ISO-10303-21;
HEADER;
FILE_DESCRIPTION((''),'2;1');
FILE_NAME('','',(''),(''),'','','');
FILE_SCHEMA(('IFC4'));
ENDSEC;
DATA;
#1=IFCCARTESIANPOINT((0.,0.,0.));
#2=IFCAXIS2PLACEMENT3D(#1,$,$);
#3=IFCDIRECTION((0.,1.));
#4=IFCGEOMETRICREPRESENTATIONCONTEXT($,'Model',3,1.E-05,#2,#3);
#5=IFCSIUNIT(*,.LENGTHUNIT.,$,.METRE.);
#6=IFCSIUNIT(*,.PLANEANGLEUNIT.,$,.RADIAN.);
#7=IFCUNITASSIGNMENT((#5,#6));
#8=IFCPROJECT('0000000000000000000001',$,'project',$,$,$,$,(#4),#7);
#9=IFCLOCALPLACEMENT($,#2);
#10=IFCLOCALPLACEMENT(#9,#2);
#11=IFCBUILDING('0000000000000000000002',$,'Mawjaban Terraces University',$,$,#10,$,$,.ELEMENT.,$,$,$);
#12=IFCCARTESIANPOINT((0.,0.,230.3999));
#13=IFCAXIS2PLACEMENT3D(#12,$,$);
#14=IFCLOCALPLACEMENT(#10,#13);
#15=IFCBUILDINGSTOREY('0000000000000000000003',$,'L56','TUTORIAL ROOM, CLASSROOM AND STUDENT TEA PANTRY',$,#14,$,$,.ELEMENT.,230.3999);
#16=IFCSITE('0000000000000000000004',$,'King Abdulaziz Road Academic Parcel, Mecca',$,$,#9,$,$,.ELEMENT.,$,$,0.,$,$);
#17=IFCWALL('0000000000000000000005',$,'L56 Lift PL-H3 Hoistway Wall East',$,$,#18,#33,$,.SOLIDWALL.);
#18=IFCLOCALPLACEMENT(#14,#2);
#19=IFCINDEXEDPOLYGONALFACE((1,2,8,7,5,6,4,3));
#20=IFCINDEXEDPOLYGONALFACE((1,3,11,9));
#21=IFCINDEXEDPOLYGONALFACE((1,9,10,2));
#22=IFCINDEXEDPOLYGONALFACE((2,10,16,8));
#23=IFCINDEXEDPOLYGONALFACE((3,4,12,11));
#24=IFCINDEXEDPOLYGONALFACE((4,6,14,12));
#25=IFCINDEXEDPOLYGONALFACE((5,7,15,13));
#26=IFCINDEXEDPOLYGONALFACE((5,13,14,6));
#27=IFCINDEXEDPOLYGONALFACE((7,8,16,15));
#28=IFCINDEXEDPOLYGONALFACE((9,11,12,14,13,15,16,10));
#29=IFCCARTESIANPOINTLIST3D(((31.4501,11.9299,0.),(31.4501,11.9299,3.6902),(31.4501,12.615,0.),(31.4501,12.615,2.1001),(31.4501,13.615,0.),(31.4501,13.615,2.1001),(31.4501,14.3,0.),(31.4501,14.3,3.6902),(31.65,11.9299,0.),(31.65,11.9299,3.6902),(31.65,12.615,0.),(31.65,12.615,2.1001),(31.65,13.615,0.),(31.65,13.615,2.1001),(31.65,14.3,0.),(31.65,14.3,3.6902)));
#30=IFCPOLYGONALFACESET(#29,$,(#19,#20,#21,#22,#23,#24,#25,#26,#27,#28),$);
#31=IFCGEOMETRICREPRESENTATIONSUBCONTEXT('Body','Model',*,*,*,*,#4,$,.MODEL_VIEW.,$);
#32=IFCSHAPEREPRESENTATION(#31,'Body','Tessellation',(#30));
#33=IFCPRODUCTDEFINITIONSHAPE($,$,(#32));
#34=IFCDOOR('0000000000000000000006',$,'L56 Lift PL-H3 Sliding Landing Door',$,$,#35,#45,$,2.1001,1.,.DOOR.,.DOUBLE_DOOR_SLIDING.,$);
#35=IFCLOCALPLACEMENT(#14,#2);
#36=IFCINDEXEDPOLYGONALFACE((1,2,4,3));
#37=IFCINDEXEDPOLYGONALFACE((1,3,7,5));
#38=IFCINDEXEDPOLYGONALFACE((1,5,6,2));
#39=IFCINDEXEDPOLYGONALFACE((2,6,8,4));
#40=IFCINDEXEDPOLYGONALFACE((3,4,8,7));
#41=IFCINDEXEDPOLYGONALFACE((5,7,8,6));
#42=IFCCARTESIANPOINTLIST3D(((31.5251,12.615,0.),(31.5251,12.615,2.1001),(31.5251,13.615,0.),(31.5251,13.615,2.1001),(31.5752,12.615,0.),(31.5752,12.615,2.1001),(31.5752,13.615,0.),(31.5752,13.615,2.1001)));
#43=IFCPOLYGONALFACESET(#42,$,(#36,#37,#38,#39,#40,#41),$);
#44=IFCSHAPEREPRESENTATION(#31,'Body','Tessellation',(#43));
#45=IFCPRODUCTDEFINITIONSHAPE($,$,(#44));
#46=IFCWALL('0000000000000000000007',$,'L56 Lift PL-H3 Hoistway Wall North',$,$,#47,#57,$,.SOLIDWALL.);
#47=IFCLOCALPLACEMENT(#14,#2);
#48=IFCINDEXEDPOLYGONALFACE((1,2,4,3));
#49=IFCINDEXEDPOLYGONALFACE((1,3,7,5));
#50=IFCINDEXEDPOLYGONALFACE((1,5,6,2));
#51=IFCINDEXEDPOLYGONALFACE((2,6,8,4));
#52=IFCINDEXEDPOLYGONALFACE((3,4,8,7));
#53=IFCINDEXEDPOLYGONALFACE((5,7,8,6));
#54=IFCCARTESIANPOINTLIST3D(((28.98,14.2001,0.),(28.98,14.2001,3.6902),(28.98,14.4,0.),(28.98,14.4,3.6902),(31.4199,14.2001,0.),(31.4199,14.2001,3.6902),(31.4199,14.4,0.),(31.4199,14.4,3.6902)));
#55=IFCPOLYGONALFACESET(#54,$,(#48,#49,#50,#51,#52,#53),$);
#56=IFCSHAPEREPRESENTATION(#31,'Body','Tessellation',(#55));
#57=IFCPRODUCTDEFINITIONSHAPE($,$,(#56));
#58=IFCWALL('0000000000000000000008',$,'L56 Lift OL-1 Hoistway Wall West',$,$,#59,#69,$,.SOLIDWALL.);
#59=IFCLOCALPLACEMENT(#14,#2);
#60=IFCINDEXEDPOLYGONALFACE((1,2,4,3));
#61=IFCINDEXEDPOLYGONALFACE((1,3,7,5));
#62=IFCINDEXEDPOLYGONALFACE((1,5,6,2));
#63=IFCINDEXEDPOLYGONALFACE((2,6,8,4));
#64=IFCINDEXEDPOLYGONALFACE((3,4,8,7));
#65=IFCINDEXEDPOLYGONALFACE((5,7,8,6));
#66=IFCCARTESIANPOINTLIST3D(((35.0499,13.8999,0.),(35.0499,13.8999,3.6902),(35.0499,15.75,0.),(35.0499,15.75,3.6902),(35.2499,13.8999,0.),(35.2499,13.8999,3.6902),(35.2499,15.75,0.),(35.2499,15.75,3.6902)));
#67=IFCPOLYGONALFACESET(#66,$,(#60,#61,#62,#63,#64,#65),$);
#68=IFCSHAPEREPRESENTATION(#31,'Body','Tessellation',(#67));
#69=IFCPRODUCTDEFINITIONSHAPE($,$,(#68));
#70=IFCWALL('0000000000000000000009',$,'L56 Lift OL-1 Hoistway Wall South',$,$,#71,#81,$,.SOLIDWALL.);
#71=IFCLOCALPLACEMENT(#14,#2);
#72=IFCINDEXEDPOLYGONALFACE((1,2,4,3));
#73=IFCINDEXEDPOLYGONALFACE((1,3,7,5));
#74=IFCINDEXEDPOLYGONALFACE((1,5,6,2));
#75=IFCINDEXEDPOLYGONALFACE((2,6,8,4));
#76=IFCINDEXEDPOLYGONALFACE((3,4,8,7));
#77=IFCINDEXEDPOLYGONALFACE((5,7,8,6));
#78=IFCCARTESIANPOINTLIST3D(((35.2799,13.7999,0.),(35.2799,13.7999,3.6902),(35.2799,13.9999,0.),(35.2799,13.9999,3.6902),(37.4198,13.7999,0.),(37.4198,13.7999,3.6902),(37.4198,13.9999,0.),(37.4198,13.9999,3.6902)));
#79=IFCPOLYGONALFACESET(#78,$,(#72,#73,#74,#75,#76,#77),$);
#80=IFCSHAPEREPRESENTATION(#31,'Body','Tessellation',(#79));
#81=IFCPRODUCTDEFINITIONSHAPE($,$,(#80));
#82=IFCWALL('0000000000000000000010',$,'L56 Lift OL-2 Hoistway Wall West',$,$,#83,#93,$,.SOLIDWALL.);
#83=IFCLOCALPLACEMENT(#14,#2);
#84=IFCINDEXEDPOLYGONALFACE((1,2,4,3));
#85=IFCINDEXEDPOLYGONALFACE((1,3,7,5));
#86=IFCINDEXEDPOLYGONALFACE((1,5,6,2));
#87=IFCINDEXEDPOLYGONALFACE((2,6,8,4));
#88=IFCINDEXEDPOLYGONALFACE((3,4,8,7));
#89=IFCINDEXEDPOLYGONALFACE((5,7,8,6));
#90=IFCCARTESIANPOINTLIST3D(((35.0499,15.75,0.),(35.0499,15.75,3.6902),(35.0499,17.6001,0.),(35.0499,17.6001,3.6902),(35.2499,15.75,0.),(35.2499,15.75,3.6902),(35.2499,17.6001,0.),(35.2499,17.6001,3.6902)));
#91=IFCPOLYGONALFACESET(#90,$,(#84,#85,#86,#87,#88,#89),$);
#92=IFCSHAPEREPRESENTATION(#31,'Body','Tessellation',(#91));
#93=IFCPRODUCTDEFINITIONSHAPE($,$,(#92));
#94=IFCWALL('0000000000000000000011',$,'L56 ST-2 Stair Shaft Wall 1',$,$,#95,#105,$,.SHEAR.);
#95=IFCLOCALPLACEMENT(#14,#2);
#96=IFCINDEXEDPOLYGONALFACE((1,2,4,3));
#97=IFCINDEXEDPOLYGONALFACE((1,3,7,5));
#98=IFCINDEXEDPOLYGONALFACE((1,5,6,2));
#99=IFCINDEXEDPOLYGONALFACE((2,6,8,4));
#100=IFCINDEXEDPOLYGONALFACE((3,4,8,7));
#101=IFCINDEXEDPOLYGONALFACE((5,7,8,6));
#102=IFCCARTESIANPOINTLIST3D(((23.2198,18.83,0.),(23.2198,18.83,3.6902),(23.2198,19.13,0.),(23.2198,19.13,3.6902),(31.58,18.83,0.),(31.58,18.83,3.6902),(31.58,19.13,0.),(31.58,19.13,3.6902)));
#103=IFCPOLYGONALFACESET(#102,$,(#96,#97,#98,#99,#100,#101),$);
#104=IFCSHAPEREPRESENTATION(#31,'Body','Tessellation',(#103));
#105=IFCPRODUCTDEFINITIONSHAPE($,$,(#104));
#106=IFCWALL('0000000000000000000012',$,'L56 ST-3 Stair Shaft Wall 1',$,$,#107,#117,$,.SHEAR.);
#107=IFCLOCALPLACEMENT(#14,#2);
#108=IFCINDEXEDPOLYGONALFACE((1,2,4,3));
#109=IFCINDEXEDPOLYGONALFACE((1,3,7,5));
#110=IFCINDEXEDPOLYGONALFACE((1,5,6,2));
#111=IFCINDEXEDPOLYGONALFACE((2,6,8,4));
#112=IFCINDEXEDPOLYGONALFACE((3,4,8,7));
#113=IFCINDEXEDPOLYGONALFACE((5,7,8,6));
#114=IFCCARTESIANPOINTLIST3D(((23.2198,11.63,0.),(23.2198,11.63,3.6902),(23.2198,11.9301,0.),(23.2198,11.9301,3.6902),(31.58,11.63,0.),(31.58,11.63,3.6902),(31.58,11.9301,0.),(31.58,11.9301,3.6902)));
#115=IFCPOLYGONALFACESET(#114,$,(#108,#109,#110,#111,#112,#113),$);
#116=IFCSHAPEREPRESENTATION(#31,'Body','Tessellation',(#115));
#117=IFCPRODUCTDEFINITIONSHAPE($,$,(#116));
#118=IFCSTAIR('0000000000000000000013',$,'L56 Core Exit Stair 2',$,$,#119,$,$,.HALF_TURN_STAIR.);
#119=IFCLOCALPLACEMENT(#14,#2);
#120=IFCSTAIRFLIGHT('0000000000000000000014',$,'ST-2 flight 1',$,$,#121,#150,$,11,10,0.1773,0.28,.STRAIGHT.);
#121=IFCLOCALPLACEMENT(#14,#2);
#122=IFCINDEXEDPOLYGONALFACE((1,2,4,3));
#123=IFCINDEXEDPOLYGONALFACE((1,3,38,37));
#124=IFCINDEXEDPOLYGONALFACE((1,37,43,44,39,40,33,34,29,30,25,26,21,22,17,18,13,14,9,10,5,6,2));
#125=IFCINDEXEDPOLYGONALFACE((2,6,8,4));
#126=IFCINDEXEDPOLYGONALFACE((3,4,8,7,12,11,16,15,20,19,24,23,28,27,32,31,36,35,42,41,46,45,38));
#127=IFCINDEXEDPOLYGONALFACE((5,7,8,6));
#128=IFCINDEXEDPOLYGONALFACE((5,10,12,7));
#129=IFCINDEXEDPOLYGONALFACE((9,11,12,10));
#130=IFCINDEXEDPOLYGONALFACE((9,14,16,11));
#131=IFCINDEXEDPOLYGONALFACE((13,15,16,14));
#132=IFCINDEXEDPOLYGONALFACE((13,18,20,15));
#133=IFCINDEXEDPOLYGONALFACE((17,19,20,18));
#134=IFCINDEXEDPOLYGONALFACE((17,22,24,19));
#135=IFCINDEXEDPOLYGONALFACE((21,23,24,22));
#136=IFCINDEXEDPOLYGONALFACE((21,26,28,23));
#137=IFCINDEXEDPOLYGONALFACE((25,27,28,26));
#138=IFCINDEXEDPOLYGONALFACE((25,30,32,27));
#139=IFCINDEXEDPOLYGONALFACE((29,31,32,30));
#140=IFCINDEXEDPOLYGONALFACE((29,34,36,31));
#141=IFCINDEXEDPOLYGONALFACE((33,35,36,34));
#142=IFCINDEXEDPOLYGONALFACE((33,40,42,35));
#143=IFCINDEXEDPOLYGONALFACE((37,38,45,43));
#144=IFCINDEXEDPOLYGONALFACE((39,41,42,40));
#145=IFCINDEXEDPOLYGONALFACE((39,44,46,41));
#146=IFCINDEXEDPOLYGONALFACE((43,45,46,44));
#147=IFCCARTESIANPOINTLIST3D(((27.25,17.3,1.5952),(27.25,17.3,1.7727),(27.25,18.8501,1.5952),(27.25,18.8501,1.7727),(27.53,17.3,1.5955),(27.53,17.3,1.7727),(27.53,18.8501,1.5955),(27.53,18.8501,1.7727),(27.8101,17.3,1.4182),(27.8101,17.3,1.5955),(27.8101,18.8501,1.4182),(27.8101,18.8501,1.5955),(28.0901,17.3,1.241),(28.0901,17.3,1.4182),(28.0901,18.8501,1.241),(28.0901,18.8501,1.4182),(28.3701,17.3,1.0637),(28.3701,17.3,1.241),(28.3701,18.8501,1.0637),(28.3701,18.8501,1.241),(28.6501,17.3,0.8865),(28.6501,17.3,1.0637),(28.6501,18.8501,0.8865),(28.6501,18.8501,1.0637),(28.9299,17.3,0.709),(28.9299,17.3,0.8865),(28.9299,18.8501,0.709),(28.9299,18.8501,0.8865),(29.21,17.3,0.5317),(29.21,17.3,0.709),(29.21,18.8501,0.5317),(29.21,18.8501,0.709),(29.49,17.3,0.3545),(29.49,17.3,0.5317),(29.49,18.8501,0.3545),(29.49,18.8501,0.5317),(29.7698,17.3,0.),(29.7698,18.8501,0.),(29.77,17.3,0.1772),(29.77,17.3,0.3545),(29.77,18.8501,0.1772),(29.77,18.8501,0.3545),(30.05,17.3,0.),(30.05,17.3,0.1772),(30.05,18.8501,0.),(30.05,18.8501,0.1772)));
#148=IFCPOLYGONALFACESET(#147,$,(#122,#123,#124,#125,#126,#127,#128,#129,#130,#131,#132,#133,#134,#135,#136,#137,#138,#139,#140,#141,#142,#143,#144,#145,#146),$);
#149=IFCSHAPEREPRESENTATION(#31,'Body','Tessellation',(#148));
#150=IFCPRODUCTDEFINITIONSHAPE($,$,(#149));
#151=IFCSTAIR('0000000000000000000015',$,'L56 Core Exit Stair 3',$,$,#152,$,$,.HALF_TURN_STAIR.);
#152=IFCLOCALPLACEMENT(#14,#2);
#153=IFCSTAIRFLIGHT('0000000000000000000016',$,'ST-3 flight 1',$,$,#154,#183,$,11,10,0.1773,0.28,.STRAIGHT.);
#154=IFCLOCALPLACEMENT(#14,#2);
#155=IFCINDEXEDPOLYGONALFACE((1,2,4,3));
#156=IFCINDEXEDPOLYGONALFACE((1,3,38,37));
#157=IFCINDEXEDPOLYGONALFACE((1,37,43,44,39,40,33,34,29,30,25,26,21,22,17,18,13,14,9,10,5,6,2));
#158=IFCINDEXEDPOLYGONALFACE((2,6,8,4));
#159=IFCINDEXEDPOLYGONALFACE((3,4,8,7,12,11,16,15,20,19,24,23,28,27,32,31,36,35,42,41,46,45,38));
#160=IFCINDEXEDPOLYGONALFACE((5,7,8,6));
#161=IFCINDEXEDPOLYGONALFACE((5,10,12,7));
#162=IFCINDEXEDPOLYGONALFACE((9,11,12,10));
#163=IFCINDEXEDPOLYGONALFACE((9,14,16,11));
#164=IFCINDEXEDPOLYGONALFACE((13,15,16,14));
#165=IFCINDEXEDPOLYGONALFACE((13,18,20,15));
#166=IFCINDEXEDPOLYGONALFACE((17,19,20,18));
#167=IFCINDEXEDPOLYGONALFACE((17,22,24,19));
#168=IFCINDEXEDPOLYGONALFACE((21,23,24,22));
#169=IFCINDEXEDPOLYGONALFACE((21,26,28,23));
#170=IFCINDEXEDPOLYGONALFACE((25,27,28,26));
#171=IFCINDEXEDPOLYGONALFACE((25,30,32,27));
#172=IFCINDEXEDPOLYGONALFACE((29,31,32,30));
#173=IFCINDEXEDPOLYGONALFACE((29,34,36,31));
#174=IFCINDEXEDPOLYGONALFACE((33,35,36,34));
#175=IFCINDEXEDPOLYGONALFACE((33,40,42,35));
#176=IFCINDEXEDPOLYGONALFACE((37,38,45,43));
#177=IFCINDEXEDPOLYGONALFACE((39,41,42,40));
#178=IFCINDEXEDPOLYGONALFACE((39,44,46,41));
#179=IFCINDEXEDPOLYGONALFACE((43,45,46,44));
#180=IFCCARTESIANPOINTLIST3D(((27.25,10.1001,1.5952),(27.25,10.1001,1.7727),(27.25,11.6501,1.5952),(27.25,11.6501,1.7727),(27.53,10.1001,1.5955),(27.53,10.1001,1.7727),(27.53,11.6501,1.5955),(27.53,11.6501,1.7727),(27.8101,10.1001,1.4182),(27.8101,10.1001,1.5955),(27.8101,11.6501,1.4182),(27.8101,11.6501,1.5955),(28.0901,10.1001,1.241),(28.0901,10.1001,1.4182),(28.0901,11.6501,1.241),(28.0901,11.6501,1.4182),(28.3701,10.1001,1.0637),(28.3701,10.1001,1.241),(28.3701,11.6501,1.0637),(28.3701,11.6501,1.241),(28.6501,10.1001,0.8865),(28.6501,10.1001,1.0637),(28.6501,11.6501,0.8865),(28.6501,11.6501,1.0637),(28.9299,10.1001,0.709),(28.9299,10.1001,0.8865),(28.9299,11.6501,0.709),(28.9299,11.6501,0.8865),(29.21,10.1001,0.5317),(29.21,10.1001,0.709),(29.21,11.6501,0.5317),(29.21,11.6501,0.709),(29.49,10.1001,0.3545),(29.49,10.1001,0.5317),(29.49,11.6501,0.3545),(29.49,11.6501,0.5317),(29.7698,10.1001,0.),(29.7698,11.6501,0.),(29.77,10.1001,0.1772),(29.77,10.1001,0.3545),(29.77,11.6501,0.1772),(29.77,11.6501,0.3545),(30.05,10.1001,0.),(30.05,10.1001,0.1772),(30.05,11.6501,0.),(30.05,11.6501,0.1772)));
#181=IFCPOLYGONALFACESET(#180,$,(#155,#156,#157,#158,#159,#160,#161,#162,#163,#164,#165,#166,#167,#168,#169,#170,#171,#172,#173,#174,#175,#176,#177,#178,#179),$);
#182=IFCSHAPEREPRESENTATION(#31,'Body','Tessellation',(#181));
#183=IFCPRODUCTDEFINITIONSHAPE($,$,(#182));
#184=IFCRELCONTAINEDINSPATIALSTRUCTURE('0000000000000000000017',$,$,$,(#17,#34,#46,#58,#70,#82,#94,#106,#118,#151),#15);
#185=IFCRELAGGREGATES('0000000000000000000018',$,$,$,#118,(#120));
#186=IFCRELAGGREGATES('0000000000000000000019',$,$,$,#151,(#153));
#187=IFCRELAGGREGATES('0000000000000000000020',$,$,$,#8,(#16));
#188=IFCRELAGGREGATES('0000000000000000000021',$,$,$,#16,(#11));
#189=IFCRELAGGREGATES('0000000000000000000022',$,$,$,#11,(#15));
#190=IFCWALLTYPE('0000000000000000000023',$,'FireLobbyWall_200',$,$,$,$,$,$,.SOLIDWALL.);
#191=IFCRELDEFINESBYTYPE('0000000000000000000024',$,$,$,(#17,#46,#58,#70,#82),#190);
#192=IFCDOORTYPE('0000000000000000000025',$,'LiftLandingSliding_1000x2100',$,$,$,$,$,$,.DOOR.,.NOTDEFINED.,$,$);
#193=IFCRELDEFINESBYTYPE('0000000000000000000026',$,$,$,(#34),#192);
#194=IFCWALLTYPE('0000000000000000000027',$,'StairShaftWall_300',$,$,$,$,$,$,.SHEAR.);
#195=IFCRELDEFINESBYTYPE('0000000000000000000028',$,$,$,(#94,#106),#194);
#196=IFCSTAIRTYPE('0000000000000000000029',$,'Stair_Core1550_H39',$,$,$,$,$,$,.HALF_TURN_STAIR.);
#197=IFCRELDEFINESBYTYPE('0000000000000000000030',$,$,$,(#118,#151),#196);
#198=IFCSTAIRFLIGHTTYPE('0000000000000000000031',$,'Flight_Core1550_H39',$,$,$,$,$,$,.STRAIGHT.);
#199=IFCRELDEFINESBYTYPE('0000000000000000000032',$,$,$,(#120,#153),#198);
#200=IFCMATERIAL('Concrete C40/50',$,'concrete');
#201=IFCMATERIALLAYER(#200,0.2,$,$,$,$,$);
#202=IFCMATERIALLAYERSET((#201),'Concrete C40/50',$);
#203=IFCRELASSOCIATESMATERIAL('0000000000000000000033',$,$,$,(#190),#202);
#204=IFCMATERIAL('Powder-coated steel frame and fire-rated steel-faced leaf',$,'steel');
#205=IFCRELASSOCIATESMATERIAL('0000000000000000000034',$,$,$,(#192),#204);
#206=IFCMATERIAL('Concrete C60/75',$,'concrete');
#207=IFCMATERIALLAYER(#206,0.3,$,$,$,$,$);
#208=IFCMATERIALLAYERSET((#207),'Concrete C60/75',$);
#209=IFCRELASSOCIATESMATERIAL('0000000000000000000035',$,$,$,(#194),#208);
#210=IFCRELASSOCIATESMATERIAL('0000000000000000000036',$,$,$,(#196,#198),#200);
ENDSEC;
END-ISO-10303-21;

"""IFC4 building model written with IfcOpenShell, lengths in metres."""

from ifc_helpers import new_model, si_unit, direction, frame, frame_2d, origin, place, context, subcontext, project, spatial, polyline, rectangle, outline, extrude, material, layer, layer_set, type_object, element, fill, aggregate, save


model = new_model("IFC4")

# Units and contexts
model_context = context("Model", 3, precision=1e-05, world=origin(), true_north=direction((0.0, 1.0)))
body_context = subcontext(model_context, "Body", "Model", "MODEL_VIEW")
ifc_project = project(units=[si_unit("LENGTHUNIT", "METRE"), si_unit("PLANEANGLEUNIT", "RADIAN")], contexts=[model_context])

# Site, building, storey
site_placement = place(None, origin())
site = spatial("IfcSite", under=ifc_project, at=site_placement, Name="King Abdulaziz Road Academic Parcel, Mecca", CompositionType="ELEMENT", RefElevation=0.0)
building_placement = place(site_placement, origin())
building = spatial("IfcBuilding", under=site, at=building_placement, Name="Mawjaban Terraces University", CompositionType="ELEMENT")
storey_placement = place(building_placement, frame((0.0, 0.0, 230.3999)))
storey = spatial("IfcBuildingStorey", under=building, at=storey_placement, Name="L56", Description="TUTORIAL ROOM, CLASSROOM AND STUDENT TEA PANTRY", CompositionType="ELEMENT", Elevation=230.3999)

# Wall, opening, door
ifc_material_1 = material(Name="Concrete C40/50", Category="concrete")
ifc_layer_1 = layer(ifc_material_1, 0.2)
ifc_layer_set_1 = layer_set([ifc_layer_1], Name="Concrete C40/50")
wall_type_1 = type_object("IfcWallType", Name="FireLobbyWall_200", PredefinedType="SOLIDWALL", material=ifc_layer_set_1)
ifc_material_2 = material(Name="Powder-coated steel frame and fire-rated steel-faced leaf", Category="steel")
door_type_1 = type_object("IfcDoorType", Name="LiftLandingSliding_1000x2100", OperationType="NOTDEFINED", PredefinedType="DOOR", material=ifc_material_2)
wall_1_placement = place(storey_placement, frame((31.55, 11.9299, 0.0), z_axis=(0.0, 0.0, 1.0), x_axis=(0.0, 1.0, 0.0)))
wall_1 = element("IfcWall", 1, at=wall_1_placement, inside=storey, type_object=wall_type_1, Name="L56 Lift PL-H3 Hoistway Wall East", PredefinedType="SOLIDWALL", context=body_context, shape_type="SweptSolid", body=[
    extrude(rectangle(XDim=2.3701, YDim=0.2, at=frame_2d((1.1851, 0.0))), origin(), (0.0, 0.0, 1.0), 3.6902),
])
opening_1_placement = place(wall_1_placement, frame((0.6851, 0.0, 0.0)))
opening_1 = element("IfcOpeningElement", 2, at=opening_1_placement, cuts=wall_1, PredefinedType="OPENING", context=body_context, shape_type="SweptSolid", body=[
    extrude(rectangle(XDim=1.0, YDim=2.1001, at=frame_2d((0.5, 1.05))), frame((0.0, 0.1099, 0.0), z_axis=(0.0, -1.0, 0.0), x_axis=(1.0, 0.0, 0.0)), (0.0, 0.0, 1.0), 0.22),
])
door_1_placement = place(opening_1_placement, origin())
door_1 = element("IfcDoor", 3, at=door_1_placement, inside=storey, type_object=door_type_1, Name="L56 Lift PL-H3 Sliding Landing Door", OperationType="DOUBLE_DOOR_SLIDING", OverallHeight=2.1001, OverallWidth=1.0, PredefinedType="DOOR", context=body_context, shape_type="SweptSolid", body=[
    extrude(rectangle(XDim=1.0, YDim=2.1001, at=frame_2d((0.5, 1.05))), frame((0.0, 0.0249, 0.0), z_axis=(0.0, -1.0, 0.0), x_axis=(1.0, 0.0, 0.0)), (0.0, 0.0, 1.0), 0.05),
])
fill(opening_1, door_1)

# Walls
wall_2_placement = place(storey_placement, frame((31.4199, 14.3, 0.0), z_axis=(0.0, 0.0, 1.0), x_axis=(-1.0, 0.0, 0.0)))
element("IfcWall", 4, at=wall_2_placement, inside=storey, type_object=wall_type_1, Name="L56 Lift PL-H3 Hoistway Wall North", PredefinedType="SOLIDWALL", context=body_context, shape_type="SweptSolid", body=[
    extrude(rectangle(XDim=2.4399, YDim=0.2, at=frame_2d((1.22, 0.0))), origin(), (0.0, 0.0, 1.0), 3.6902),
])
wall_3_placement = place(storey_placement, frame((35.1499, 15.75, 0.0), z_axis=(0.0, 0.0, 1.0), x_axis=(0.0, -1.0, 0.0)))
element("IfcWall", 5, at=wall_3_placement, inside=storey, type_object=wall_type_1, Name="L56 Lift OL-1 Hoistway Wall West", PredefinedType="SOLIDWALL", context=body_context, shape_type="SweptSolid", body=[
    extrude(rectangle(XDim=1.8501, YDim=0.2, at=frame_2d((0.925, 0.0))), origin(), (0.0, 0.0, 1.0), 3.6902),
])
wall_4_placement = place(storey_placement, frame((35.28, 13.8999, 0.0), z_axis=(0.0, 0.0, 1.0), x_axis=(1.0, 0.0, 0.0)))
element("IfcWall", 6, at=wall_4_placement, inside=storey, type_object=wall_type_1, Name="L56 Lift OL-1 Hoistway Wall South", PredefinedType="SOLIDWALL", context=body_context, shape_type="SweptSolid", body=[
    extrude(rectangle(XDim=2.1399, YDim=0.2, at=frame_2d((1.0698, 0.0))), origin(), (0.0, 0.0, 1.0), 3.6902),
])
wall_5_placement = place(storey_placement, frame((35.1499, 17.6001, 0.0), z_axis=(0.0, 0.0, 1.0), x_axis=(0.0, -1.0, 0.0)))
element("IfcWall", 7, at=wall_5_placement, inside=storey, type_object=wall_type_1, Name="L56 Lift OL-2 Hoistway Wall West", PredefinedType="SOLIDWALL", context=body_context, shape_type="SweptSolid", body=[
    extrude(rectangle(XDim=1.8501, YDim=0.2, at=frame_2d((0.925, 0.0))), origin(), (0.0, 0.0, 1.0), 3.6902),
])
ifc_material_3 = material(Name="Concrete C60/75", Category="concrete")
ifc_layer_2 = layer(ifc_material_3, 0.3)
ifc_layer_set_2 = layer_set([ifc_layer_2], Name="Concrete C60/75")
wall_type_2 = type_object("IfcWallType", Name="StairShaftWall_300", PredefinedType="SHEAR", material=ifc_layer_set_2)
wall_6_placement = place(storey_placement, frame((31.5801, 18.98, 0.0), z_axis=(0.0, 0.0, 1.0), x_axis=(-1.0, 0.0, 0.0)))
element("IfcWall", 8, at=wall_6_placement, inside=storey, type_object=wall_type_2, Name="L56 ST-2 Stair Shaft Wall 1", PredefinedType="SHEAR", context=body_context, shape_type="SweptSolid", body=[
    extrude(rectangle(XDim=8.3601, YDim=0.3, at=frame_2d((4.1802, 0.0))), origin(), (0.0, 0.0, 1.0), 3.6902),
])

# Wall
wall_7_placement = place(storey_placement, frame((31.5801, 11.78, 0.0), z_axis=(0.0, 0.0, 1.0), x_axis=(-1.0, 0.0, 0.0)))
element("IfcWall", 9, at=wall_7_placement, inside=storey, type_object=wall_type_2, Name="L56 ST-3 Stair Shaft Wall 1", PredefinedType="SHEAR", context=body_context, shape_type="SweptSolid", body=[
    extrude(rectangle(XDim=8.3601, YDim=0.3, at=frame_2d((4.1802, 0.0))), origin(), (0.0, 0.0, 1.0), 3.6902),
])

# Stairs, stair flights
stair_type = type_object("IfcStairType", Name="Stair_Core1550_H39", PredefinedType="HALF_TURN_STAIR", material=ifc_material_1)
stair_1_placement = place(storey_placement, origin())
stair_1 = element("IfcStair", 10, at=stair_1_placement, inside=storey, type_object=stair_type, Name="L56 Core Exit Stair 2", PredefinedType="HALF_TURN_STAIR")
stair_flight_type = type_object("IfcStairFlightType", Name="Flight_Core1550_H39", PredefinedType="STRAIGHT", material=ifc_material_1)
stair_flight_1_placement = place(storey_placement, frame((30.05, 18.075, 0.0), z_axis=(0.0, 0.0, 1.0), x_axis=(-1.0, 0.0, 0.0)))
stair_flight_1 = element("IfcStairFlight", 11, at=stair_flight_1_placement, type_object=stair_flight_type, Name="ST-2 flight 1", NumberOfRisers=11, NumberOfTreads=10, PredefinedType="STRAIGHT", RiserHeight=0.1773, TreadLength=0.28, context=body_context, shape_type="SweptSolid", body=[
    extrude(outline(polyline([(0.0, 0.0), (0.0, 0.1772), (0.28, 0.1772), (0.28, 0.3545), (0.5601, 0.3545), (0.5601, 0.5317), (0.8401, 0.5317), (0.8401, 0.709), (1.1201, 0.709), (1.1201, 0.8865), (1.3999, 0.8865), (1.3999, 1.0637), (1.6799, 1.0637), (1.6799, 1.241), (1.96, 1.241), (1.96, 1.4182), (2.24, 1.4182), (2.24, 1.5955), (2.52, 1.5955), (2.52, 1.7727), (2.8, 1.7727), (2.8, 1.95), (2.8, 1.5952), (0.2803, 0.0), (0.0, 0.0)])), frame((0.0, 0.7749, 0.0), z_axis=(0.0, -1.0, 0.0), x_axis=(1.0, 0.0, 0.0)), (0.0, 0.0, 1.0), 1.55),
])
aggregate(stair_1, [stair_flight_1])
stair_2_placement = place(storey_placement, origin())
stair_2 = element("IfcStair", 12, at=stair_2_placement, inside=storey, type_object=stair_type, Name="L56 Core Exit Stair 3", PredefinedType="HALF_TURN_STAIR")
stair_flight_2_placement = place(storey_placement, frame((30.05, 10.875, 0.0), z_axis=(0.0, 0.0, 1.0), x_axis=(-1.0, 0.0, 0.0)))
stair_flight_2 = element("IfcStairFlight", 13, at=stair_flight_2_placement, type_object=stair_flight_type, Name="ST-3 flight 1", NumberOfRisers=11, NumberOfTreads=10, PredefinedType="STRAIGHT", RiserHeight=0.1773, TreadLength=0.28, context=body_context, shape_type="SweptSolid", body=[
    extrude(outline(polyline([(0.0, 0.0), (0.0, 0.1772), (0.28, 0.1772), (0.28, 0.3545), (0.5601, 0.3545), (0.5601, 0.5317), (0.8401, 0.5317), (0.8401, 0.709), (1.1201, 0.709), (1.1201, 0.8865), (1.3999, 0.8865), (1.3999, 1.0637), (1.6799, 1.0637), (1.6799, 1.241), (1.96, 1.241), (1.96, 1.4182), (2.24, 1.4182), (2.24, 1.5955), (2.52, 1.5955), (2.52, 1.7727), (2.8, 1.7727), (2.8, 1.95), (2.8, 1.5952), (0.2803, 0.0), (0.0, 0.0)])), frame((0.0, 0.7749, 0.0), z_axis=(0.0, -1.0, 0.0), x_axis=(1.0, 0.0, 0.0)), (0.0, 0.0, 1.0), 1.55),
])
aggregate(stair_2, [stair_flight_2])

save(model, "model.ifc")
